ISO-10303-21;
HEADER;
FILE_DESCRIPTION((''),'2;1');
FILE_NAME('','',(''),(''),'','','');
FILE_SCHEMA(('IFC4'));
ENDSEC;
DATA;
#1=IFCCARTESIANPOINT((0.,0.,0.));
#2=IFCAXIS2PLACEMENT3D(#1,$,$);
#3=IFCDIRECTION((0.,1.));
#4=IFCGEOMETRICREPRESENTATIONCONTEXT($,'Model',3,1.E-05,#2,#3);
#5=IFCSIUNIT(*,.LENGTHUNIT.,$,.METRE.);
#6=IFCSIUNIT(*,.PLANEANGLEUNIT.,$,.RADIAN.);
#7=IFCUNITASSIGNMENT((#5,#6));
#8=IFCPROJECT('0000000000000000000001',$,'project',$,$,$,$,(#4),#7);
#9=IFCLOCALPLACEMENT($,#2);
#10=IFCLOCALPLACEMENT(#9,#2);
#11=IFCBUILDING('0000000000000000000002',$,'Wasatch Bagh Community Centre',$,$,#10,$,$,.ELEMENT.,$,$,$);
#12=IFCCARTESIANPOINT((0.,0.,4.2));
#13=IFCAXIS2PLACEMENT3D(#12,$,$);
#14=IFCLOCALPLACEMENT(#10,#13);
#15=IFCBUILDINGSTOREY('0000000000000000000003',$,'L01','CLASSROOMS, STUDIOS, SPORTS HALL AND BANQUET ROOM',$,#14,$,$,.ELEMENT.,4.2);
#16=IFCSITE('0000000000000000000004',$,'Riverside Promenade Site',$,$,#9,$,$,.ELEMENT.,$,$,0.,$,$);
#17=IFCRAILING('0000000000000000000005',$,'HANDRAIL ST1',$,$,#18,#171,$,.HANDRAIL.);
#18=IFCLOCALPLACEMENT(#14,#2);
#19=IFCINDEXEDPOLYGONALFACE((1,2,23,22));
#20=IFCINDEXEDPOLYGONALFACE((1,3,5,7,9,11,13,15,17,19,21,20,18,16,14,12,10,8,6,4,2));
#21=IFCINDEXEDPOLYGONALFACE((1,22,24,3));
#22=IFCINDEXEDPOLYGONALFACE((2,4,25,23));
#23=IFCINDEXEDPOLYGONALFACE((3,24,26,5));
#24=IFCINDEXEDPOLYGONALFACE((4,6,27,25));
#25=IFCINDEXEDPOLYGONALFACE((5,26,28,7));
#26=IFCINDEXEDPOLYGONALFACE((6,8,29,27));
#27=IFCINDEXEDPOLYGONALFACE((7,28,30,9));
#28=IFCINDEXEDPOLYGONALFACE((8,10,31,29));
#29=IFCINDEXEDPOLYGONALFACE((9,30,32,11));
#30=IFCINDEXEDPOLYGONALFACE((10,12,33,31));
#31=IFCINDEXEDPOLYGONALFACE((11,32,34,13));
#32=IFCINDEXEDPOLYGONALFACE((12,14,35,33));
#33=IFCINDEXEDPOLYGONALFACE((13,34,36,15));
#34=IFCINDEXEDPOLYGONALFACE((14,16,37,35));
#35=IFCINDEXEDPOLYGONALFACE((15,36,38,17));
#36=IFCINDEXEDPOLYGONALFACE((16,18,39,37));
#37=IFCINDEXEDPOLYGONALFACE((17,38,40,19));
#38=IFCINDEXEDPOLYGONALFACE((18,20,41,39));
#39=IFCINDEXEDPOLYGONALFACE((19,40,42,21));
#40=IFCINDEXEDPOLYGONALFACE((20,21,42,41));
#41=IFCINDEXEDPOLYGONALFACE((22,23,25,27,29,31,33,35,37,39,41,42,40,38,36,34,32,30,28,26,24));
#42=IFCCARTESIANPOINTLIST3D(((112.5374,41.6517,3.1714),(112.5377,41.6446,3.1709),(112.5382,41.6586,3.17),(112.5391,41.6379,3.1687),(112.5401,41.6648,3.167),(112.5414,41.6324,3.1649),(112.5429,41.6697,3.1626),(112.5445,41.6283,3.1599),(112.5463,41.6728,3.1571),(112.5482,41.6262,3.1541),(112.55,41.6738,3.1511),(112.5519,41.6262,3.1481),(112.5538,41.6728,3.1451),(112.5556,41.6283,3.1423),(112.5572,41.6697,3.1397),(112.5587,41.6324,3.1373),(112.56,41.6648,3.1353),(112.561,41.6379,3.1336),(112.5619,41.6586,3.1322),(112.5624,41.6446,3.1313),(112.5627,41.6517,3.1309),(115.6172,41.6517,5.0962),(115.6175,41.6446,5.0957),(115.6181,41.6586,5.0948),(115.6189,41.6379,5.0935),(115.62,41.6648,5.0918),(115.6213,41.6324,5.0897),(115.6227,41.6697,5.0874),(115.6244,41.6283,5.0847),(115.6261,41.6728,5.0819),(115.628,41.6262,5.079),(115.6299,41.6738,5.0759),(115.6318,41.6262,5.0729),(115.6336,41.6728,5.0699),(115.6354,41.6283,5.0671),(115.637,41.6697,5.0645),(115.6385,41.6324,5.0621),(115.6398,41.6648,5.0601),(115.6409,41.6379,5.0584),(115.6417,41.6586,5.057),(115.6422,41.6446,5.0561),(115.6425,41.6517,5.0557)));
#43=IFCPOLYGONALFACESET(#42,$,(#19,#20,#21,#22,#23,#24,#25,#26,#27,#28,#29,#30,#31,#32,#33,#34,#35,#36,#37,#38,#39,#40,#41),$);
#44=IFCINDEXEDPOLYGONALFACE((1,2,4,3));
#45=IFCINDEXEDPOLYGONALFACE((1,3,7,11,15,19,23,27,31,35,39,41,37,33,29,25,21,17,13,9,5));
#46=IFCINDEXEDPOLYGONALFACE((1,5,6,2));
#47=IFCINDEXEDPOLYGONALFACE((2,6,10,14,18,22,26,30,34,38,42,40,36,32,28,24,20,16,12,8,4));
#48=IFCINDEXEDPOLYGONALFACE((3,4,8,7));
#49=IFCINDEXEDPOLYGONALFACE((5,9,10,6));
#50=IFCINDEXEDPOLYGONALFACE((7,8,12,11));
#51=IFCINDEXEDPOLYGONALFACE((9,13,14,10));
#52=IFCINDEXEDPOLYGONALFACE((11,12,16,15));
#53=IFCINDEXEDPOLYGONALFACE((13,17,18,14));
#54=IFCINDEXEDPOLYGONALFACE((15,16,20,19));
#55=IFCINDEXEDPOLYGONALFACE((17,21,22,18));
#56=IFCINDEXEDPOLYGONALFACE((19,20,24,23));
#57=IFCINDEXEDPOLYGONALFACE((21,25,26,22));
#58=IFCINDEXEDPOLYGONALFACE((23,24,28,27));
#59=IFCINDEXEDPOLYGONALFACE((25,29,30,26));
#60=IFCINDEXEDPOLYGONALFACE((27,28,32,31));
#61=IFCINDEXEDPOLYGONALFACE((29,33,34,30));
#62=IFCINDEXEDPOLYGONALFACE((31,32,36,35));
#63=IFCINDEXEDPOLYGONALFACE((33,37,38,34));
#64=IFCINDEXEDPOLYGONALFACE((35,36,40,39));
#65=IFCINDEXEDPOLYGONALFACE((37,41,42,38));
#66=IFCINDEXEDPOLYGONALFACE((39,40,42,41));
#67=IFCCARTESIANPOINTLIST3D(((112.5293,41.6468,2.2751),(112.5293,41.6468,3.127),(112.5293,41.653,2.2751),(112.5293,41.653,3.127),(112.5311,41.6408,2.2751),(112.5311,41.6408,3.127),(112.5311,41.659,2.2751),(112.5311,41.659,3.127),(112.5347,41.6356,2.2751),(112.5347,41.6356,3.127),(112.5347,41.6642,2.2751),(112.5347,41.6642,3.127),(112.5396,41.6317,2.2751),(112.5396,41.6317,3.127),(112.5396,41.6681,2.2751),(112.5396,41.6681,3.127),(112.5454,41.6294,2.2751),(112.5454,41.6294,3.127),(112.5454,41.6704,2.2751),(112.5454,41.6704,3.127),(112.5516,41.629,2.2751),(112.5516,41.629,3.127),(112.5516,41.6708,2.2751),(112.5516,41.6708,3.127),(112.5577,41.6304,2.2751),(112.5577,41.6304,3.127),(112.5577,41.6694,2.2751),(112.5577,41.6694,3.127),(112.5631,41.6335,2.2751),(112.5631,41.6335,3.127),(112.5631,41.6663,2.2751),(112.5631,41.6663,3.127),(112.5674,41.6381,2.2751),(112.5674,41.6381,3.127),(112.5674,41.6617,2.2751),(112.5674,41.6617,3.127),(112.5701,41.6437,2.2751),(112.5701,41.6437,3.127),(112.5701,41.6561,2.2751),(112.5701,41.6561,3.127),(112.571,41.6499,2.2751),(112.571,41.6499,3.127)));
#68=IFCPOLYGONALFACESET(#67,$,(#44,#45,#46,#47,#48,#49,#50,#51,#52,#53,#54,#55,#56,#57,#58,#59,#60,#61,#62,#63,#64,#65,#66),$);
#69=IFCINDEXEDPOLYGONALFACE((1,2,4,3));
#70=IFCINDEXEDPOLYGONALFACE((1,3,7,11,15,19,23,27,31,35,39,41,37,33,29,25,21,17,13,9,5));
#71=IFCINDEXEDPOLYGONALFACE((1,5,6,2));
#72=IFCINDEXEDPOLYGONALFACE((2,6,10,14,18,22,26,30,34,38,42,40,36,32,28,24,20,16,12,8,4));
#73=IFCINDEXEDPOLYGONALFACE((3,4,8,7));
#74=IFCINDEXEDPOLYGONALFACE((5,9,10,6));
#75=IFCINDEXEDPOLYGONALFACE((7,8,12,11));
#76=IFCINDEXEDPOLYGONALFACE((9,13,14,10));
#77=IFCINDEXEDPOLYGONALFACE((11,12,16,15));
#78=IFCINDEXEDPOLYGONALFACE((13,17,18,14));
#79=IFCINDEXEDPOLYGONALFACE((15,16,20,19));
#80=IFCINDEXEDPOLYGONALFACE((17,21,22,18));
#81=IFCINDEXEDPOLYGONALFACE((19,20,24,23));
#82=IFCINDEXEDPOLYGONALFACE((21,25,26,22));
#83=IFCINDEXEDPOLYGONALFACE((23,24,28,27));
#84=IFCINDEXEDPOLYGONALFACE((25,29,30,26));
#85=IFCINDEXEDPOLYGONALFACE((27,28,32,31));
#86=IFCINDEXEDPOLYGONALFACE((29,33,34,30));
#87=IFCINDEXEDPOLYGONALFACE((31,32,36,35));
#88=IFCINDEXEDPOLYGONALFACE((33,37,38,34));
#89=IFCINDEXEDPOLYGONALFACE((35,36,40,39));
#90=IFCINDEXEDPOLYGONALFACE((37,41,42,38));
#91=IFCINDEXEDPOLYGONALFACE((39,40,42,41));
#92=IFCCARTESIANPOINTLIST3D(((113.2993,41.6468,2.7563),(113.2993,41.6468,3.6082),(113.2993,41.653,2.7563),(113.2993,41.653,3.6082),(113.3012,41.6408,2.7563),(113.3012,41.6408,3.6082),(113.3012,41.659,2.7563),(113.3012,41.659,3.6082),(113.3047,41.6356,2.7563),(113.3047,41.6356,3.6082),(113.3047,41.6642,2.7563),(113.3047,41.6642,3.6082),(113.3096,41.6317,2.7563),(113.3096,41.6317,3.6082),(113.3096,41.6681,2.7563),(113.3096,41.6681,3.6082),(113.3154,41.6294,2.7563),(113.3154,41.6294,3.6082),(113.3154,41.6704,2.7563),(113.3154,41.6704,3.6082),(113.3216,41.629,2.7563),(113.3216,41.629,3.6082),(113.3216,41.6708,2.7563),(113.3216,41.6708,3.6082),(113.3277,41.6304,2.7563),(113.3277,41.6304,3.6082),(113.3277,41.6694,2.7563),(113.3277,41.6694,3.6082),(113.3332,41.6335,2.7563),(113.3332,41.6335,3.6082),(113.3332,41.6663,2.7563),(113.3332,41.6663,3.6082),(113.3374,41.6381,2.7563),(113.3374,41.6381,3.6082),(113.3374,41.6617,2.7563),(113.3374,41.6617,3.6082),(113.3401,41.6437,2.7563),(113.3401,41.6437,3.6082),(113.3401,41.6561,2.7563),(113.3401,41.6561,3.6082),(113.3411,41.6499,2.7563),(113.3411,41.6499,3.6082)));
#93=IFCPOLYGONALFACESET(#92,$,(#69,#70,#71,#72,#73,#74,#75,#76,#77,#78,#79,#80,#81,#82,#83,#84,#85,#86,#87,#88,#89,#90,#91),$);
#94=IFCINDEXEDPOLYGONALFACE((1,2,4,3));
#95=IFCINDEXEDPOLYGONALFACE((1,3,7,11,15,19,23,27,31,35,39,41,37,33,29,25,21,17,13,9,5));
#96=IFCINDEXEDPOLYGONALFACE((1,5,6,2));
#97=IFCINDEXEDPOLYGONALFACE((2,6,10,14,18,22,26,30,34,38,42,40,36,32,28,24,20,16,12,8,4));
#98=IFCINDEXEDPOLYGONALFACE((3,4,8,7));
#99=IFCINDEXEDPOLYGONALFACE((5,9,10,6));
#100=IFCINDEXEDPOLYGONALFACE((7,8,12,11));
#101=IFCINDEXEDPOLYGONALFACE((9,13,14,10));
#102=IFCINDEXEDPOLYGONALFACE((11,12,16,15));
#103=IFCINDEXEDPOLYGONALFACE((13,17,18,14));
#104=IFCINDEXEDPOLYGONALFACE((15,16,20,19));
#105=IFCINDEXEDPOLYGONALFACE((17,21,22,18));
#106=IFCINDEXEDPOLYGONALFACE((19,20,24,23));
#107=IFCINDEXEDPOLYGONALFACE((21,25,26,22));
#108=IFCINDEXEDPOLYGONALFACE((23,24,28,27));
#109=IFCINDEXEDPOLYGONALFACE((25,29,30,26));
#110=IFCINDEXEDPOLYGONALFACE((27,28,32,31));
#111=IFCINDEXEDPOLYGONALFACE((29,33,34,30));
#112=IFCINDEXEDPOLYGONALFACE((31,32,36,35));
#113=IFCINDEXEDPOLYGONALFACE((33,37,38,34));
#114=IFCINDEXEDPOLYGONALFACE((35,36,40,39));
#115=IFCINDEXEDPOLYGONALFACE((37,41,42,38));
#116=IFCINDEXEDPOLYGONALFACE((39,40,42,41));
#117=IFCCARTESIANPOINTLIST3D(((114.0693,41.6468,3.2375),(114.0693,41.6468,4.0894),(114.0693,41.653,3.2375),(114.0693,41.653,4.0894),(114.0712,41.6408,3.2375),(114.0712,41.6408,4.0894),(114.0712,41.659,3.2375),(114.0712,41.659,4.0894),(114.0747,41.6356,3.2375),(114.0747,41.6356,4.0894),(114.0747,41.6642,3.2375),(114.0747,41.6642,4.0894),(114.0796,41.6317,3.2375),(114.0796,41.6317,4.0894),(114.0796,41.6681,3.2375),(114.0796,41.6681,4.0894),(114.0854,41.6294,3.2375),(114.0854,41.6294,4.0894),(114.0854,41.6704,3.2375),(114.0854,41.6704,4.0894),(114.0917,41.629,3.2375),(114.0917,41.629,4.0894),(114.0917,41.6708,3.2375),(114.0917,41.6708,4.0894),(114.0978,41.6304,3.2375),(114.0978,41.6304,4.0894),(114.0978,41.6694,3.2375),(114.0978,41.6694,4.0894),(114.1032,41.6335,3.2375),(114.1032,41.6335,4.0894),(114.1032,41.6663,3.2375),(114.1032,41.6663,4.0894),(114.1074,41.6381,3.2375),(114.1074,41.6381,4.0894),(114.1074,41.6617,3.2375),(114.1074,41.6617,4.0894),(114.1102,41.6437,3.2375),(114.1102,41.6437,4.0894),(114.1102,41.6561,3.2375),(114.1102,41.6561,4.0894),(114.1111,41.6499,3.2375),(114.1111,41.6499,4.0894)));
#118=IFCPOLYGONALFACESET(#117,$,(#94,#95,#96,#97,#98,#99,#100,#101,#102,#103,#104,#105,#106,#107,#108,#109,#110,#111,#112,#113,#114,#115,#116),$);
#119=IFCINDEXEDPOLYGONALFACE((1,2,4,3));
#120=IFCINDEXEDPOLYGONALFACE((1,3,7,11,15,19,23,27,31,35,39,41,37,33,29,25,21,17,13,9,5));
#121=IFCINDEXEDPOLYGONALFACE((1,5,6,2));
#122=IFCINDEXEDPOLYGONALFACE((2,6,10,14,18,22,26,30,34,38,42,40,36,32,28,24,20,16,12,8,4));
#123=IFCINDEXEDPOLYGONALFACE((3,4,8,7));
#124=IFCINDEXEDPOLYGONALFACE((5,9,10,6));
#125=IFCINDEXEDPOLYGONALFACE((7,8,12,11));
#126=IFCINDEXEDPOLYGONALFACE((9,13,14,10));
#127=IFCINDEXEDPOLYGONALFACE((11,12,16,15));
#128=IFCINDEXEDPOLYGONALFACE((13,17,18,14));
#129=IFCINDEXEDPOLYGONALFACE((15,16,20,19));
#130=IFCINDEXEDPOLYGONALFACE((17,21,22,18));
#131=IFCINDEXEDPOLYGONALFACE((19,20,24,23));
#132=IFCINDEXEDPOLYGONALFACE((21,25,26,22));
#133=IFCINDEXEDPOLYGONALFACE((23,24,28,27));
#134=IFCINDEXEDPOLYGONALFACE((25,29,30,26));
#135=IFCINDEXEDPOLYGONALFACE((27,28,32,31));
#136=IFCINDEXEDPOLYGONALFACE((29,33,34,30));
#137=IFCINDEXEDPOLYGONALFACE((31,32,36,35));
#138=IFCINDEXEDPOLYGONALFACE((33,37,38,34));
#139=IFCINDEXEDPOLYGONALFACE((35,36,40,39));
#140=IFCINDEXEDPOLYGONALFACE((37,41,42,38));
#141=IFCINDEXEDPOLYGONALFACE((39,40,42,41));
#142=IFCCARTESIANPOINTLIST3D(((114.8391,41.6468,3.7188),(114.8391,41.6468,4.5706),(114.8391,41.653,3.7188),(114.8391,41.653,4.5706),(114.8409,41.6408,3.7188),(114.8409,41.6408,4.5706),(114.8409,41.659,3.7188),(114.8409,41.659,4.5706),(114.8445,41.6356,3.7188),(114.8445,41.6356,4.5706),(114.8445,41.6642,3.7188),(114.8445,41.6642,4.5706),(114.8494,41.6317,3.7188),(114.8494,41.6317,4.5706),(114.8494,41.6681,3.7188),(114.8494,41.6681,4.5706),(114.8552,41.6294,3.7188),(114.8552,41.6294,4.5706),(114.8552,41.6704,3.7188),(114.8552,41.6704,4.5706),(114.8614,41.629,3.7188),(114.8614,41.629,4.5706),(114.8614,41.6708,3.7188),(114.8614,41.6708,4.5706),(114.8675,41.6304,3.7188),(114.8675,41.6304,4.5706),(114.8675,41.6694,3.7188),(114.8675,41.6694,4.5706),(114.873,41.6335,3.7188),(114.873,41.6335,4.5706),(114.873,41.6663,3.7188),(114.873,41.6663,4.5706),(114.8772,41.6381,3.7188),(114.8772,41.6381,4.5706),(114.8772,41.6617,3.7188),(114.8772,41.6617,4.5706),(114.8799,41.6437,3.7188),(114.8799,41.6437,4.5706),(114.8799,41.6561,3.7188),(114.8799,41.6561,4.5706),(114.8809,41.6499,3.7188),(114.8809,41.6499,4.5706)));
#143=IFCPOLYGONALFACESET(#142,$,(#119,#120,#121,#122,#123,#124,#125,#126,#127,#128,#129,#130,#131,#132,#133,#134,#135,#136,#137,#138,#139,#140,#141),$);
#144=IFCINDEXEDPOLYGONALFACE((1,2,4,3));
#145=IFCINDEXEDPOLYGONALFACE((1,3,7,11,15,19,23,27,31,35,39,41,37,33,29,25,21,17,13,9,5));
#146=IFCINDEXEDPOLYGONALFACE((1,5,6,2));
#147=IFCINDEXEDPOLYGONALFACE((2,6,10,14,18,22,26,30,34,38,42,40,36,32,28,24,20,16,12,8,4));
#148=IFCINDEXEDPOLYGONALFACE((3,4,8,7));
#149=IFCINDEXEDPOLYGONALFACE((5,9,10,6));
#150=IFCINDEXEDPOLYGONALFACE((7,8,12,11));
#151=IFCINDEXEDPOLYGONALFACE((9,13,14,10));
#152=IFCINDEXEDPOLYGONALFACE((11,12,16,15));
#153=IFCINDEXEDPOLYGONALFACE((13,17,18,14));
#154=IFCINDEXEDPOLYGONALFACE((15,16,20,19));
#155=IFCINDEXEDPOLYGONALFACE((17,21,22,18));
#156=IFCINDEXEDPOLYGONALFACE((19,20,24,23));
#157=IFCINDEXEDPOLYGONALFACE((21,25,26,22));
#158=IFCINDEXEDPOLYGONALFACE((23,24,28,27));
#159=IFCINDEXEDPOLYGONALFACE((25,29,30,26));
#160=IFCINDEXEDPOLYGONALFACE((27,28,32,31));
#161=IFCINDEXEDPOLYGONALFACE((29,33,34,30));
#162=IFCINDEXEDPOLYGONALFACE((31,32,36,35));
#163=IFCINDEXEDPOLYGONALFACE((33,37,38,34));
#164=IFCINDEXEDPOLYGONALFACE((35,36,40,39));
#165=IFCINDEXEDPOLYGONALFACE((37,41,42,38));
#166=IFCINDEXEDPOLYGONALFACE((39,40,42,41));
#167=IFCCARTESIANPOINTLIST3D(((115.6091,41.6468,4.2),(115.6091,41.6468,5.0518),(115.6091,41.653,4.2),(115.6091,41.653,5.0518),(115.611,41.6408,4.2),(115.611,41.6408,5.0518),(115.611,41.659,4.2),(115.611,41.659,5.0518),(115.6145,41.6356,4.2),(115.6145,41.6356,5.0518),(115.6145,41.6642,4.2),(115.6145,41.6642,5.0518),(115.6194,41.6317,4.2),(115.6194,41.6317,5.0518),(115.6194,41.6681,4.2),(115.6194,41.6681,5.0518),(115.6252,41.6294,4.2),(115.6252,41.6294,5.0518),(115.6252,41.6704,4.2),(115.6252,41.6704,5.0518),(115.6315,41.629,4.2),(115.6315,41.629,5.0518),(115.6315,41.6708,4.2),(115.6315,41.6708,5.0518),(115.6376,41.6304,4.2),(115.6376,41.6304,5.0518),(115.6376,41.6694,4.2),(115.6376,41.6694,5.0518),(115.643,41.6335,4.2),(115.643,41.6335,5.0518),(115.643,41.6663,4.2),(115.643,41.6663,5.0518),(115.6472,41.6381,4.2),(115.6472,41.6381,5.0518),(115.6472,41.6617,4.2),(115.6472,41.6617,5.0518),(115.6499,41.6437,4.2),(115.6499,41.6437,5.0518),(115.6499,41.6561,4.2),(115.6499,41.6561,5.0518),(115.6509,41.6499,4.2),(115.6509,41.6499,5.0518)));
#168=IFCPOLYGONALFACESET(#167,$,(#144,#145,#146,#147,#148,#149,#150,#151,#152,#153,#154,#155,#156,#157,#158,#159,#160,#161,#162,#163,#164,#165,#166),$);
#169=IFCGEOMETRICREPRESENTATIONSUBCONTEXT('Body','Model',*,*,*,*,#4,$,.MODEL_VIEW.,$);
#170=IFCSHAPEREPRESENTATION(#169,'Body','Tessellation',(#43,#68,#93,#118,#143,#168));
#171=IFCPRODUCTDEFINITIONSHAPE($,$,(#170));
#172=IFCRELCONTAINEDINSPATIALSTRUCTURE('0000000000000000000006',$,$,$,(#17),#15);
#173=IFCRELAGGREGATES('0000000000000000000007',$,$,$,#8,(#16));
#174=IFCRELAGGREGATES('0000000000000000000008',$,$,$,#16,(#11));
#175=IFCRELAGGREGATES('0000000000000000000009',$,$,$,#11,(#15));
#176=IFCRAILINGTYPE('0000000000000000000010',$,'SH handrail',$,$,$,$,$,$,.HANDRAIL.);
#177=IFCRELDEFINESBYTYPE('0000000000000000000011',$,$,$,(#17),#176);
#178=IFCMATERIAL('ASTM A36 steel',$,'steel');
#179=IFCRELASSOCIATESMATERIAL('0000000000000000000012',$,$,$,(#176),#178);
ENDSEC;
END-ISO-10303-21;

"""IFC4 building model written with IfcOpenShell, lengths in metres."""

from ifc_helpers import new_model, si_unit, direction, frame, origin, origin_2d, place, context, subcontext, project, spatial, circle, extrude, material, type_object, element, save


model = new_model("IFC4")

# Units and contexts
model_context = context("Model", 3, precision=1e-05, world=origin(), true_north=direction((0.0, 1.0)))
body_context = subcontext(model_context, "Body", "Model", "MODEL_VIEW")
ifc_project = project(units=[si_unit("LENGTHUNIT", "METRE"), si_unit("PLANEANGLEUNIT", "RADIAN")], contexts=[model_context])

# Site, building, storey
site_placement = place(None, origin())
site = spatial("IfcSite", under=ifc_project, at=site_placement, Name="Riverside Promenade Site", CompositionType="ELEMENT", RefElevation=0.0)
building_placement = place(site_placement, origin())
building = spatial("IfcBuilding", under=site, at=building_placement, Name="Wasatch Bagh Community Centre", CompositionType="ELEMENT")
storey_placement = place(building_placement, frame((0.0, 0.0, 4.2)))
storey = spatial("IfcBuildingStorey", under=building, at=storey_placement, Name="L01", Description="CLASSROOMS, STUDIOS, SPORTS HALL AND BANQUET ROOM", CompositionType="ELEMENT", Elevation=4.2)

# Railing
ifc_material_1 = material(Name="ASTM A36 steel", Category="steel")
railing_type_1 = type_object("IfcRailingType", Name="SH handrail", PredefinedType="HANDRAIL", material=ifc_material_1)
for number, where, name in (
    (1, (112.55, 41.6499, 2.2751), "HANDRAIL ST1"),
):
    element("IfcRailing", number, at=place(storey_placement, frame(where)), inside=storey, type_object=railing_type_1, Name=name, PredefinedType="HANDRAIL", context=body_context, shape_type="SweptSolid", body=[
        extrude(circle(Radius=0.0239, at=origin_2d()), frame((0.0, 0.0, 0.876), z_axis=(0.84801, 0.0, 0.529981), x_axis=(0.0, 1.0, 0.0)), (0.0, 0.0, 1.0), 3.6318),
        extrude(circle(Radius=0.021, at=origin_2d()), origin(), (0.0, 0.0, 1.0), 0.8518),
        extrude(circle(Radius=0.021, at=origin_2d()), frame((0.77, 0.0, 0.4812)), (0.0, 0.0, 1.0), 0.8518),
        extrude(circle(Radius=0.021, at=origin_2d()), frame((1.54, 0.0, 0.9624)), (0.0, 0.0, 1.0), 0.8518),
        extrude(circle(Radius=0.021, at=origin_2d()), frame((2.3098, 0.0, 1.4436)), (0.0, 0.0, 1.0), 0.8518),
        extrude(circle(Radius=0.021, at=origin_2d()), frame((3.0798, 0.0, 1.9248)), (0.0, 0.0, 1.0), 0.8518),
    ])

save(model, "model.ifc")
